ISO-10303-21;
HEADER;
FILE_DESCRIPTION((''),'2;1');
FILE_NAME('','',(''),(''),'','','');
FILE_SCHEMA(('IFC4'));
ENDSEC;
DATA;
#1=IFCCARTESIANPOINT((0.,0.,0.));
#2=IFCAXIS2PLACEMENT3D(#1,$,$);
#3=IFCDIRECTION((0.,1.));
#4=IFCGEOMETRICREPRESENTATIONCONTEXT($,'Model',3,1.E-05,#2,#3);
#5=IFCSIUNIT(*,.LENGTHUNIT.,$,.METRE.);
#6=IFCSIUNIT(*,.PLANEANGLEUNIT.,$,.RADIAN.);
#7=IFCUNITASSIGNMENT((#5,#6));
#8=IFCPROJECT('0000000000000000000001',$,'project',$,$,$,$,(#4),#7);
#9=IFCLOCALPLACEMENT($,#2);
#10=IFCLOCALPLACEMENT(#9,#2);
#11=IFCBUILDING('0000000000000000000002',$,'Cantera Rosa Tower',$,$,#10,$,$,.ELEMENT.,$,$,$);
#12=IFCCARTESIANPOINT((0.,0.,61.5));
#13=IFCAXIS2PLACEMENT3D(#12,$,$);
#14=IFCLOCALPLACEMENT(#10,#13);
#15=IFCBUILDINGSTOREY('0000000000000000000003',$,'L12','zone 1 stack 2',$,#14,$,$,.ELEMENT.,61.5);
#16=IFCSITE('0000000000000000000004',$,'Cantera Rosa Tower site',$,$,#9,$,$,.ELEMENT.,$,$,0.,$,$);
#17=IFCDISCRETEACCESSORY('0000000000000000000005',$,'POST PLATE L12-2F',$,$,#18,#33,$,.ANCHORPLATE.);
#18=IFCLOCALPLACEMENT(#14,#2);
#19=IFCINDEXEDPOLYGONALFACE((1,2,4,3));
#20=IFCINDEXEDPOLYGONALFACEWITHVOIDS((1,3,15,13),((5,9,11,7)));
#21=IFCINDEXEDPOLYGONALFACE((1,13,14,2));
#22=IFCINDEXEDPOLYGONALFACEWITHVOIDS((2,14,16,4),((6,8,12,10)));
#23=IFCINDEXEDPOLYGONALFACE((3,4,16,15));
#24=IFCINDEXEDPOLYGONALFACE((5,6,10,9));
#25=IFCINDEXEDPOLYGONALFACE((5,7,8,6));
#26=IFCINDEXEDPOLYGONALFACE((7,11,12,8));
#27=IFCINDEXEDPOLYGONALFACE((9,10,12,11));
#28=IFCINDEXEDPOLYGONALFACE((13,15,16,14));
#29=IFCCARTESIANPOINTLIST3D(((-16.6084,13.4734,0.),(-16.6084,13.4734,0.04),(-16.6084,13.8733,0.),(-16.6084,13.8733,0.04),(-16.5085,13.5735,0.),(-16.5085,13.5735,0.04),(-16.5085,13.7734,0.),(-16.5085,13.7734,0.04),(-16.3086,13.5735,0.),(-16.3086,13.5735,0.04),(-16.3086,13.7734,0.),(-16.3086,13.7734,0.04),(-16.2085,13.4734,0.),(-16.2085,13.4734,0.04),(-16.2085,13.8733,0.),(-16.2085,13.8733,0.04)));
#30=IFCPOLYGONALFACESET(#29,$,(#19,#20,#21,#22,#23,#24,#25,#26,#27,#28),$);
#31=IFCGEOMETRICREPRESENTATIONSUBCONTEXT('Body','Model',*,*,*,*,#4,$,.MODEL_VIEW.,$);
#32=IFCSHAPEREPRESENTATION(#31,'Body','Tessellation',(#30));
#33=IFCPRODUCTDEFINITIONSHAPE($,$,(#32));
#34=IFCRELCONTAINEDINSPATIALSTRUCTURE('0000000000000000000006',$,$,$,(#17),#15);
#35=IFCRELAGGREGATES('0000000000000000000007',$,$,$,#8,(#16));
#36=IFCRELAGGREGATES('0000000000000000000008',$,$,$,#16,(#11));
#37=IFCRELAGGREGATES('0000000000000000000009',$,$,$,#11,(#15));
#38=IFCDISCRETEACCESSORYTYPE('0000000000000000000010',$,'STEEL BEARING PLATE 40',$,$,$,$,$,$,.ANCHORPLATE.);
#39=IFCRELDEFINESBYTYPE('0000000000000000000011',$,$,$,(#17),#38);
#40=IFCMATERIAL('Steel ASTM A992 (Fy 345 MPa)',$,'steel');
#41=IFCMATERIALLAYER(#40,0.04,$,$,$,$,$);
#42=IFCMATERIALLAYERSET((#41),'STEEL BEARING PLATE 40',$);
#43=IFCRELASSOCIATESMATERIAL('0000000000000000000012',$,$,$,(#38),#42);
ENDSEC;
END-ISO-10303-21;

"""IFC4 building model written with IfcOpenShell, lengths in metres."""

from ifc_helpers import new_model, si_unit, direction, frame, origin, place, context, subcontext, project, spatial, polyline, outline, extrude, material, layer, layer_set, type_object, element, save


model = new_model("IFC4")

# Units and contexts
model_context = context("Model", 3, precision=1e-05, world=origin(), true_north=direction((0.0, 1.0)))
body_context = subcontext(model_context, "Body", "Model", "MODEL_VIEW")
ifc_project = project(units=[si_unit("LENGTHUNIT", "METRE"), si_unit("PLANEANGLEUNIT", "RADIAN")], contexts=[model_context])

# Site, building, storey
site_placement = place(None, origin())
site = spatial("IfcSite", under=ifc_project, at=site_placement, Name="Cantera Rosa Tower site", CompositionType="ELEMENT", RefElevation=0.0)
building_placement = place(site_placement, origin())
building = spatial("IfcBuilding", under=site, at=building_placement, Name="Cantera Rosa Tower", CompositionType="ELEMENT")
storey_placement = place(building_placement, frame((0.0, 0.0, 61.5)))
storey = spatial("IfcBuildingStorey", under=building, at=storey_placement, Name="L12", Description="zone 1 stack 2", CompositionType="ELEMENT", Elevation=61.5)

# Discrete accessory
ifc_material_1 = material(Name="Steel ASTM A992 (Fy 345 MPa)", Category="steel")
ifc_layer_1 = layer(ifc_material_1, 0.04)
ifc_layer_set_1 = layer_set([ifc_layer_1], Name="STEEL BEARING PLATE 40")
discrete_accessory_type = type_object("IfcDiscreteAccessoryType", Name="STEEL BEARING PLATE 40", PredefinedType="ANCHORPLATE", material=ifc_layer_set_1)
discrete_accessory_1_placement = place(storey_placement, origin())
element("IfcDiscreteAccessory", 1, at=discrete_accessory_1_placement, inside=storey, type_object=discrete_accessory_type, Name="POST PLATE L12-2F", PredefinedType="ANCHORPLATE", context=body_context, shape_type="SweptSolid", body=[
    extrude(outline(polyline([(-16.6084, 13.4734), (-16.2085, 13.4734), (-16.2085, 13.8733), (-16.6084, 13.8733), (-16.6084, 13.4734)]), holes=[polyline([(-16.5085, 13.5735), (-16.3086, 13.5735), (-16.3086, 13.7734), (-16.5085, 13.7734), (-16.5085, 13.5735)])]), origin(), (0.0, 0.0, 1.0), 0.04),
])

save(model, "model.ifc")
